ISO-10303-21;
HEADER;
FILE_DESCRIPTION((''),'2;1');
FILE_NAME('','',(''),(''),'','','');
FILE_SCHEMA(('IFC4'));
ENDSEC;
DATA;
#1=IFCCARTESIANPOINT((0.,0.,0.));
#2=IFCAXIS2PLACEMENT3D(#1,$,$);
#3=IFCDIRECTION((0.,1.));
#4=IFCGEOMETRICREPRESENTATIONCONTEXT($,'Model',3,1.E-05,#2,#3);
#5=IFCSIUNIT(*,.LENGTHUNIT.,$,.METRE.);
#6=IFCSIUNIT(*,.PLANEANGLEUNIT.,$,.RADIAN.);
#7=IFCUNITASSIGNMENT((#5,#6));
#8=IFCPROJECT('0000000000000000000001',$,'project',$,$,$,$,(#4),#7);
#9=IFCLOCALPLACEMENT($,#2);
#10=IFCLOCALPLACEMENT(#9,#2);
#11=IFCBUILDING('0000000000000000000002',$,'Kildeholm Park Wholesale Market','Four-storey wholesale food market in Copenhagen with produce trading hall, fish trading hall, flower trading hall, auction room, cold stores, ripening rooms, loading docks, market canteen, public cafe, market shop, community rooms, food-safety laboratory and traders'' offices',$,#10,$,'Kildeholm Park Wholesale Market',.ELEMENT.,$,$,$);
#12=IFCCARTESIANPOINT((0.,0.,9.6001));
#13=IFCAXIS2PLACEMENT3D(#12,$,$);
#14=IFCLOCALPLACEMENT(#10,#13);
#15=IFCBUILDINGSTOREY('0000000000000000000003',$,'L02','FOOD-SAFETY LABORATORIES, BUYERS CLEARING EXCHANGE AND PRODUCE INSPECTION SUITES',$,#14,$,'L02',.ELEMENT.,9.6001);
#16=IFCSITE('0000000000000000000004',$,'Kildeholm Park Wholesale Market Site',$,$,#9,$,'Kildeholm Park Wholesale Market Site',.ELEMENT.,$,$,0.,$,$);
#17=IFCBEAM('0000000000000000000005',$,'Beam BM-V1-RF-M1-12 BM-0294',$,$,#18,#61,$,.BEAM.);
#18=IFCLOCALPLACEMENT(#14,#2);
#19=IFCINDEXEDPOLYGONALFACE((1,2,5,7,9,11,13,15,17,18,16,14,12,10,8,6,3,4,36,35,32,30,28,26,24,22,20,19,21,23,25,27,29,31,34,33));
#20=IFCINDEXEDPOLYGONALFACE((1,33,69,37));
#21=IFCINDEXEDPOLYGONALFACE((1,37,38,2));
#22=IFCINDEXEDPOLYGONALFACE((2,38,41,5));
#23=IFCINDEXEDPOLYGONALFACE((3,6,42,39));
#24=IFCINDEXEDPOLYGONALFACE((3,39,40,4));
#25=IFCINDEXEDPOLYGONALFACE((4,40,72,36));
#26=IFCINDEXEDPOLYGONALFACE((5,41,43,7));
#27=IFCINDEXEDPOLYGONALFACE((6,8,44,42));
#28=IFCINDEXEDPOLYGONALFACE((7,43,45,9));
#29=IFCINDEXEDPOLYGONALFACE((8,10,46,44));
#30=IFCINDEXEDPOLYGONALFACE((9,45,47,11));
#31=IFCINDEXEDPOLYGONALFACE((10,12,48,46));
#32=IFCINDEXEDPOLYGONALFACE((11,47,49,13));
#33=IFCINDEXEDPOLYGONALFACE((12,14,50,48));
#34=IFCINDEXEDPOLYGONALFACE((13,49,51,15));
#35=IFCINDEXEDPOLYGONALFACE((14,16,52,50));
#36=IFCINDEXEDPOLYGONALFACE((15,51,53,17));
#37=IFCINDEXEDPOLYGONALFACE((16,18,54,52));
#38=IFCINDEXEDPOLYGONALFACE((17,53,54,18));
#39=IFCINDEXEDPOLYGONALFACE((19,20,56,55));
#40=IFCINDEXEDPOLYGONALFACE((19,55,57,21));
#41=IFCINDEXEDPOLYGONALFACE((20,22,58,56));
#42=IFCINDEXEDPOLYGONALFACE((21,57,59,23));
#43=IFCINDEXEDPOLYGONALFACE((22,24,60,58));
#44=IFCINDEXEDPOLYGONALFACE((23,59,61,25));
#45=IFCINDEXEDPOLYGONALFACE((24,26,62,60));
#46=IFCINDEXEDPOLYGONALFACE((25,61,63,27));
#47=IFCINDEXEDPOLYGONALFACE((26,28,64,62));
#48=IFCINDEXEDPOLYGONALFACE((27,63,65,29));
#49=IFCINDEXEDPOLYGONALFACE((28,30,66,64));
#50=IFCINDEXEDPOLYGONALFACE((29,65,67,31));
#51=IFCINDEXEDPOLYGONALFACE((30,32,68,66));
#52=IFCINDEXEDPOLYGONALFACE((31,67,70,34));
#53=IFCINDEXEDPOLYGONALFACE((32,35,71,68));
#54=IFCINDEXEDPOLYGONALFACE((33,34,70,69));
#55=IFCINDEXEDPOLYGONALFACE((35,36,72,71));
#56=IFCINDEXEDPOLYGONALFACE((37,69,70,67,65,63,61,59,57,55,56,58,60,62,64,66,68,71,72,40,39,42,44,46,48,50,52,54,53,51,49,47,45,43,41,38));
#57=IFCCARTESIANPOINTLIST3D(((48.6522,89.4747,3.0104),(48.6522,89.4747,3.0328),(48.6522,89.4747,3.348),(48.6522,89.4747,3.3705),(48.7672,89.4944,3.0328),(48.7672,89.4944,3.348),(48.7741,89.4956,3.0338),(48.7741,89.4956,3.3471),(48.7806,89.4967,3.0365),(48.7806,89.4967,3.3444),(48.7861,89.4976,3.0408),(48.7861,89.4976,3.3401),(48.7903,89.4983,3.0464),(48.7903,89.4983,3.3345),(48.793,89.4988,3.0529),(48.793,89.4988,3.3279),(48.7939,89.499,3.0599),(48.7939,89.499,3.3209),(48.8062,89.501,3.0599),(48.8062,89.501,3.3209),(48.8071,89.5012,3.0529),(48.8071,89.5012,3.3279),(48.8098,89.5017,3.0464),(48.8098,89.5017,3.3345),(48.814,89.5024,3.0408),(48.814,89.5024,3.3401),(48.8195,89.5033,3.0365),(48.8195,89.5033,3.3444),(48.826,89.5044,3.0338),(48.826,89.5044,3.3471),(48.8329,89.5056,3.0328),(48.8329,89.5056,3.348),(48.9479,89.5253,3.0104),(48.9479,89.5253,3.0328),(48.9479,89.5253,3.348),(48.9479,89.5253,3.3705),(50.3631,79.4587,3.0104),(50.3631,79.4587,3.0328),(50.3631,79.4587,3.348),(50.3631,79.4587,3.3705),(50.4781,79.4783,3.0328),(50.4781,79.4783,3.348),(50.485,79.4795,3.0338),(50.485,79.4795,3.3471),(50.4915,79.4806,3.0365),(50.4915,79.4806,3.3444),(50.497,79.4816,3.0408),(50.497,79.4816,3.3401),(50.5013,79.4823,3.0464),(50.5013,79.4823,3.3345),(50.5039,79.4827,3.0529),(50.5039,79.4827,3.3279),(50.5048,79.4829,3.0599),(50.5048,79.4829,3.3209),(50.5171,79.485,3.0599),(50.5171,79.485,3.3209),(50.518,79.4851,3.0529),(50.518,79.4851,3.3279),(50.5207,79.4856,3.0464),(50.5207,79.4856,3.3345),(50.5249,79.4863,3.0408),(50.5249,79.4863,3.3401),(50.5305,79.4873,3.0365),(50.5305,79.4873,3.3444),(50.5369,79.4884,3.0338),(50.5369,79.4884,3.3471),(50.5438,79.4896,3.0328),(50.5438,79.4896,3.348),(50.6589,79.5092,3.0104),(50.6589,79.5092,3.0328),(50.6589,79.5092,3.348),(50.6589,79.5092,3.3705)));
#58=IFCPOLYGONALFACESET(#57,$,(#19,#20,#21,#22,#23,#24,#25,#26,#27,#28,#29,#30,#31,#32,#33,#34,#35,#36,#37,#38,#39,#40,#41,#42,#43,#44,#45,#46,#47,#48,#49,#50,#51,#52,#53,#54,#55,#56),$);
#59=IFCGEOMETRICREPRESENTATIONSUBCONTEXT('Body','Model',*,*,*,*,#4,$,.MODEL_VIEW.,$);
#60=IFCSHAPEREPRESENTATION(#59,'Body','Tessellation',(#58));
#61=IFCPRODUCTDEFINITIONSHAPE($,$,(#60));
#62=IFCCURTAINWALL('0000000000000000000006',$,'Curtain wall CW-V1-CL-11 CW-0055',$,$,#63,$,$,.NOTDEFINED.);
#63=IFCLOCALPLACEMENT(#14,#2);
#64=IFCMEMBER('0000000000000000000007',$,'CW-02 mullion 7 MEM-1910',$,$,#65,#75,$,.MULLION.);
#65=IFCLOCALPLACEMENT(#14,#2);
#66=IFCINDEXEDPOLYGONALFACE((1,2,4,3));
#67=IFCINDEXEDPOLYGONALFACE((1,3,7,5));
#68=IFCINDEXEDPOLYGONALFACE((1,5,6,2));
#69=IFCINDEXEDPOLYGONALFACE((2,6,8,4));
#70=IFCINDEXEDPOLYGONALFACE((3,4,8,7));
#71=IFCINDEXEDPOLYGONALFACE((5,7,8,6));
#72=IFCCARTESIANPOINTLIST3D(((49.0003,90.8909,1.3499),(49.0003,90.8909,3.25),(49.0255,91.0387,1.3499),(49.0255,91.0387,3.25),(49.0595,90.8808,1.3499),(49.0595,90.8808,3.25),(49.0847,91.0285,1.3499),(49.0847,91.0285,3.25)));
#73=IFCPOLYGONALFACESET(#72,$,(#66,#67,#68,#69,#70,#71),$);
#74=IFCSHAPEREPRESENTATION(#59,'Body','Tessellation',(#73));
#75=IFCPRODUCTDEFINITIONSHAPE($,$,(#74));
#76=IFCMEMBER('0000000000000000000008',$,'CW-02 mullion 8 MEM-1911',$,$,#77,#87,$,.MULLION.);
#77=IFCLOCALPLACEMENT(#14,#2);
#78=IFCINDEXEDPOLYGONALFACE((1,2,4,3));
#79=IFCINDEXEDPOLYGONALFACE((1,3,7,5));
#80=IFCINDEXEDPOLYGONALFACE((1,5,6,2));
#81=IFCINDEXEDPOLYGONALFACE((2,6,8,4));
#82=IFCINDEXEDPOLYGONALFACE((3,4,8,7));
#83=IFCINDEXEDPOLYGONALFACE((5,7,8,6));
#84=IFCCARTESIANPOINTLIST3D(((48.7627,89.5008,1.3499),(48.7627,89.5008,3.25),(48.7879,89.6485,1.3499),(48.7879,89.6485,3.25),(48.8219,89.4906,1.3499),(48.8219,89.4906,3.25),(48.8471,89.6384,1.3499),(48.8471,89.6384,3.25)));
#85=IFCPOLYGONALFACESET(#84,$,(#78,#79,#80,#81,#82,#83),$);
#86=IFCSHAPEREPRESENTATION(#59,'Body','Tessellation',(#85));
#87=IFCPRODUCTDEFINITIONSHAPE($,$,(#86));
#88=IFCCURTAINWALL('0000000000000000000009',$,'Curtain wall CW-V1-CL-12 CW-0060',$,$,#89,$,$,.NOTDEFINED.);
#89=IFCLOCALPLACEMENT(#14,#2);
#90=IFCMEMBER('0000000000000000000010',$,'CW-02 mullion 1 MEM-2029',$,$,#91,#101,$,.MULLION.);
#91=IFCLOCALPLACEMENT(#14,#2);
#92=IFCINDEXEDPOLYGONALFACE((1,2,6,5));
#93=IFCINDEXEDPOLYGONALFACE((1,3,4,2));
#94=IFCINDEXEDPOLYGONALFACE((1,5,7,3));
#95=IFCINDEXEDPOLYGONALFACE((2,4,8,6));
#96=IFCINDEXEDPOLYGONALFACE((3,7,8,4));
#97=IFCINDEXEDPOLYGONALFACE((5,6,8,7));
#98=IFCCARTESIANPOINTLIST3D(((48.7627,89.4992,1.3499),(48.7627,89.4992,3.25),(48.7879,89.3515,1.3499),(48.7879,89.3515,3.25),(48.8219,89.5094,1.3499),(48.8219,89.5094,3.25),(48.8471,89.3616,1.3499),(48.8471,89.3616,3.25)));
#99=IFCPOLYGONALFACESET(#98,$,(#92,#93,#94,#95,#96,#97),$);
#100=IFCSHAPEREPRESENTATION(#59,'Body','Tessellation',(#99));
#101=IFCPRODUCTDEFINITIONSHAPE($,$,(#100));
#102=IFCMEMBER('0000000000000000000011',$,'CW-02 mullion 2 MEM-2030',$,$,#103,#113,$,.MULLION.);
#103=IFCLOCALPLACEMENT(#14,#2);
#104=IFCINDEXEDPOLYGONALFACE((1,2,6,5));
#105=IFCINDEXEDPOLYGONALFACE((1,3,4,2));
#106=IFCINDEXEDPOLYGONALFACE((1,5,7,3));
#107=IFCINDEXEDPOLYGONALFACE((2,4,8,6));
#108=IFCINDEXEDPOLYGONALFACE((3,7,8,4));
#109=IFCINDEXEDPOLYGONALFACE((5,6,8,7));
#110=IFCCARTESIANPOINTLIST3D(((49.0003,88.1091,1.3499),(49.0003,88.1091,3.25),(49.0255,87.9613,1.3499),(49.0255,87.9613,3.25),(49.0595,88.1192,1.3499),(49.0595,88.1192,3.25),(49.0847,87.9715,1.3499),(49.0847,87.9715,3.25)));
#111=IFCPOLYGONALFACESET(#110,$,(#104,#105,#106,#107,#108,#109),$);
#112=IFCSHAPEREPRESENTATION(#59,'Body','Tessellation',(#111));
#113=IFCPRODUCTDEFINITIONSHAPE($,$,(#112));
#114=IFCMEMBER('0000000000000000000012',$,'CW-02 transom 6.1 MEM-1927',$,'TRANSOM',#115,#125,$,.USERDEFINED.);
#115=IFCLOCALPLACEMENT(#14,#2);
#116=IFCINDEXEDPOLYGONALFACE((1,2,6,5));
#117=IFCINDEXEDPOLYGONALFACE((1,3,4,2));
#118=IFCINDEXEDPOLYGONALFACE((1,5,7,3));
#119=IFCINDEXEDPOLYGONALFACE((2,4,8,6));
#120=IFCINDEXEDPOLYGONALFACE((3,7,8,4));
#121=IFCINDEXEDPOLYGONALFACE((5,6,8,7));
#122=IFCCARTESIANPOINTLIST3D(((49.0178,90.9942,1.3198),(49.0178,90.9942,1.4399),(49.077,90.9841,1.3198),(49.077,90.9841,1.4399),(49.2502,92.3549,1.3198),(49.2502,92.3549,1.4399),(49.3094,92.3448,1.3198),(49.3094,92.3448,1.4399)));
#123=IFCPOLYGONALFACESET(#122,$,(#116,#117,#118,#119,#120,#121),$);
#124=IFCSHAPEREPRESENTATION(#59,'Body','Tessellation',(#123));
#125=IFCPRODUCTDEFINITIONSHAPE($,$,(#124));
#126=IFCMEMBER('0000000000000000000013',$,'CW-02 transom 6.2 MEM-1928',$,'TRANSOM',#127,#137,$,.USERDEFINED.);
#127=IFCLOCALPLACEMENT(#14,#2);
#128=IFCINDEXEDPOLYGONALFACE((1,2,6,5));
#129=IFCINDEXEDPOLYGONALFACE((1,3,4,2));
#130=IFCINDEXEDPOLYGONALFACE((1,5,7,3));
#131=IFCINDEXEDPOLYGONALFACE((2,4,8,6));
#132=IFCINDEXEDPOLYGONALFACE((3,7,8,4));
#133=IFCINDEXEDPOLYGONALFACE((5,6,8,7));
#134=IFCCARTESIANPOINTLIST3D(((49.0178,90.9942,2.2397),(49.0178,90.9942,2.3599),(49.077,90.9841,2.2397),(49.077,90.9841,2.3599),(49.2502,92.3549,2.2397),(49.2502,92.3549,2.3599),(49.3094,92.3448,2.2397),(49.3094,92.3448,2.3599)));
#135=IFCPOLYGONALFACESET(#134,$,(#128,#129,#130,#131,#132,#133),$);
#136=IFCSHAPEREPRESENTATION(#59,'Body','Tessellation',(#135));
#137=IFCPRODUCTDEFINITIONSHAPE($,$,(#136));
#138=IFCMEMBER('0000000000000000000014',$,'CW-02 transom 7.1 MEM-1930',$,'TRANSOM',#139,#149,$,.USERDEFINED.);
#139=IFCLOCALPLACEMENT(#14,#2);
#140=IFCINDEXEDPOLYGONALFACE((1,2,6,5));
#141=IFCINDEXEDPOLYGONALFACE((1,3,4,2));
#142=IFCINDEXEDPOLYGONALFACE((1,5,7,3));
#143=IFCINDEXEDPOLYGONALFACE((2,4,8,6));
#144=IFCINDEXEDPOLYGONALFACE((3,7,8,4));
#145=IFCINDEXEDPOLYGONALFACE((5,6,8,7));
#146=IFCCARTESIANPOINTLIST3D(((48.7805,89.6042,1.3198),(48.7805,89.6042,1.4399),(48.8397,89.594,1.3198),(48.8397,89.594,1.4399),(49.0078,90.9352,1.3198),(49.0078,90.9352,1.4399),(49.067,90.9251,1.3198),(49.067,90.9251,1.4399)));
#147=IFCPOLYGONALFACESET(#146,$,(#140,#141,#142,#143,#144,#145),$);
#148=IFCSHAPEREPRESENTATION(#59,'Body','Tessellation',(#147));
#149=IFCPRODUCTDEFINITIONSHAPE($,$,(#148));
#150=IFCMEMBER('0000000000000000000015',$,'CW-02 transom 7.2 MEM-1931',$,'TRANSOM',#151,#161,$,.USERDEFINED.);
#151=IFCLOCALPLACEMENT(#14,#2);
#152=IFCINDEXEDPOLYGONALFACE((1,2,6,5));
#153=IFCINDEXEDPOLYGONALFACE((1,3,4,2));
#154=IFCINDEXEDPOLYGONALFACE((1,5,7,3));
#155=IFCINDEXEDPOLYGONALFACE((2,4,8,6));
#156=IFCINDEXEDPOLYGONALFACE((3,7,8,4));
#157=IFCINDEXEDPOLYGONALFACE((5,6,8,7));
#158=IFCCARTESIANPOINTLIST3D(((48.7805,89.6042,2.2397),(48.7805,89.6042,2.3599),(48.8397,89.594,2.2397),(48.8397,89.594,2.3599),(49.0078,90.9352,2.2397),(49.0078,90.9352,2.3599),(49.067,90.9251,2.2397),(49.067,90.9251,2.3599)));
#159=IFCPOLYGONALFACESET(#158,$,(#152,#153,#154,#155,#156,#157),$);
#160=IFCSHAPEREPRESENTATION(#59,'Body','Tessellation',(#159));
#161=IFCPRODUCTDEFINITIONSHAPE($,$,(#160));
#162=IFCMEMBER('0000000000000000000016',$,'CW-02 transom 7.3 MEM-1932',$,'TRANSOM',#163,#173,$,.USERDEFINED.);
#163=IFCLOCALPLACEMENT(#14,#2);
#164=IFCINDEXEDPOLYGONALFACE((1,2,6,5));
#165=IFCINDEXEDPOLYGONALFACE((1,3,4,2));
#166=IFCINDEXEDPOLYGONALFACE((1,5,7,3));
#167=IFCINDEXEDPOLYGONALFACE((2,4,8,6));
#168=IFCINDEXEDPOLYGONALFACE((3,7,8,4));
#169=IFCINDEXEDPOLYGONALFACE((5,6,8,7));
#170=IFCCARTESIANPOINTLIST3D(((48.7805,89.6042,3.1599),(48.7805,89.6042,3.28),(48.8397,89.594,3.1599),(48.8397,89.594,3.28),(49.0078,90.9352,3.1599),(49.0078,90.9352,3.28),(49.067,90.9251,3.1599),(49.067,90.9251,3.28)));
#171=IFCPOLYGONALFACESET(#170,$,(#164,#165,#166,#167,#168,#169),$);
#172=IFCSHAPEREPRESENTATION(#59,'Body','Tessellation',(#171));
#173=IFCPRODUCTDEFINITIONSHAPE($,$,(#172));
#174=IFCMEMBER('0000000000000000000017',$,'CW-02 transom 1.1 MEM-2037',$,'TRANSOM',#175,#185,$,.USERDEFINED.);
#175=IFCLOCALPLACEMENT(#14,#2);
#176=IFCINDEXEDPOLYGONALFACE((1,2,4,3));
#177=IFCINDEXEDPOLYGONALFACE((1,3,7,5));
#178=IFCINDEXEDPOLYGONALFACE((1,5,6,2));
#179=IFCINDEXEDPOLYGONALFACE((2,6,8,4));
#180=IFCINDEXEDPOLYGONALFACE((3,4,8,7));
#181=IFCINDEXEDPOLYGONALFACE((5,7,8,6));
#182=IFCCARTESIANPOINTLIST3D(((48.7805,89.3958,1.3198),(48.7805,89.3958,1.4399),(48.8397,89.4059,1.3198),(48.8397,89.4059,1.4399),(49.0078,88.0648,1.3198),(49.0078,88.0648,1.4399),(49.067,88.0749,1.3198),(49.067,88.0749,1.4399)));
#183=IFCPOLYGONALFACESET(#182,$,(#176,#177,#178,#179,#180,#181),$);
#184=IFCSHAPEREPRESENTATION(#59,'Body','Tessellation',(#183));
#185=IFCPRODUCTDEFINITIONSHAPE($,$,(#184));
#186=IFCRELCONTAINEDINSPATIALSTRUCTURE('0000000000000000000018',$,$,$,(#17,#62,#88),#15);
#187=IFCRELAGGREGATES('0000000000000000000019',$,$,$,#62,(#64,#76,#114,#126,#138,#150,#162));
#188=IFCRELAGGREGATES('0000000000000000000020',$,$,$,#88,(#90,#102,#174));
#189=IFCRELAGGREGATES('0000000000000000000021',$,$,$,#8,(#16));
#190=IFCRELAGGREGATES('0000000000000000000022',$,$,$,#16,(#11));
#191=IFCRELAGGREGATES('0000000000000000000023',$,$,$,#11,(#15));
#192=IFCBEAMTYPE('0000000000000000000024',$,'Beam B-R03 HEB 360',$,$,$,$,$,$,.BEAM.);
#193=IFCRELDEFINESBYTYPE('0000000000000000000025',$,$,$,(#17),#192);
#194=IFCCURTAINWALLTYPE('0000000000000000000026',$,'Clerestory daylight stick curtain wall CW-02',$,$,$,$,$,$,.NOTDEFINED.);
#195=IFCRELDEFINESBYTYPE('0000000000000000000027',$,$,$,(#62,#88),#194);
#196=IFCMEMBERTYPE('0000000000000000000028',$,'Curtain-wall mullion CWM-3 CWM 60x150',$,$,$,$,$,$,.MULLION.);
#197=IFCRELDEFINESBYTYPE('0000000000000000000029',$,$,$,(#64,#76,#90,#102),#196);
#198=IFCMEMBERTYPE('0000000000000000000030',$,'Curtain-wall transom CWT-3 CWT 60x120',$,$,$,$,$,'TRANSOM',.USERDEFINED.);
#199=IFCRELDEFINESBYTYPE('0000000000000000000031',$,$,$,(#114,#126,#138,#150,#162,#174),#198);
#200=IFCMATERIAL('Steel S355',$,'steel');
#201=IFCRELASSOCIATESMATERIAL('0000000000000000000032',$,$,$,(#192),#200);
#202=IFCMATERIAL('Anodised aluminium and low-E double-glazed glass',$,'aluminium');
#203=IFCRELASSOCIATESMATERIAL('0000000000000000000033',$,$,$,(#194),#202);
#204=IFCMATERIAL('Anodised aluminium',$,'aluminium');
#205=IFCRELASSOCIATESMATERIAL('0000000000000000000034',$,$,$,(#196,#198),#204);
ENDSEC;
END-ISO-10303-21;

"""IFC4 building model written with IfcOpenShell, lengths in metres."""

from ifc_helpers import new_model, si_unit, direction, frame, origin, origin_2d, place, context, subcontext, project, spatial, rectangle, i_section, extrude, material, material_profile, profile_set, type_object, element, aggregate, save


model = new_model("IFC4")

# Units and contexts
model_context = context("Model", 3, precision=1e-05, world=origin(), true_north=direction((0.0, 1.0)))
body_context = subcontext(model_context, "Body", "Model", "MODEL_VIEW")
ifc_project = project(units=[si_unit("LENGTHUNIT", "METRE"), si_unit("PLANEANGLEUNIT", "RADIAN")], contexts=[model_context])

# Site, building, storey
site_placement = place(None, origin())
site = spatial("IfcSite", under=ifc_project, at=site_placement, Name="Kildeholm Park Wholesale Market Site", LongName="Kildeholm Park Wholesale Market Site", CompositionType="ELEMENT", RefElevation=0.0)
building_placement = place(site_placement, origin())
building = spatial("IfcBuilding", under=site, at=building_placement, Name="Kildeholm Park Wholesale Market", Description="Four-storey wholesale food market in Copenhagen with produce trading hall, fish trading hall, flower trading hall, auction room, cold stores, ripening rooms, loading docks, market canteen, public cafe, market shop, community rooms, food-safety laboratory and traders' offices", LongName="Kildeholm Park Wholesale Market", CompositionType="ELEMENT")
storey_placement = place(building_placement, frame((0.0, 0.0, 9.6001)))
storey = spatial("IfcBuildingStorey", under=building, at=storey_placement, Name="L02", Description="FOOD-SAFETY LABORATORIES, BUYERS CLEARING EXCHANGE AND PRODUCE INSPECTION SUITES", LongName="L02", CompositionType="ELEMENT", Elevation=9.6001)

# Shared definitions
ifc_material_1 = material(Name="Steel S355", Category="steel")

# Beam
ifc_material_profile_1 = material_profile(ifc_material_1, i_section(OverallWidth=0.3, OverallDepth=0.3601, WebThickness=0.0125, FlangeThickness=0.0225, FilletRadius=0.0271, at=origin_2d()), Name="HEB 360")
ifc_profile_set_1 = profile_set([ifc_material_profile_1], Name="Steel S355")
beam_type_1 = type_object("IfcBeamType", Name="Beam B-R03 HEB 360", PredefinedType="BEAM", material=ifc_profile_set_1)
beam_1_placement = place(storey_placement, frame((48.8, 89.5, 3.1904), z_axis=(0.16838, -0.985722, 0.0), x_axis=(0.985722, 0.16838, 0.0)))
element("IfcBeam", 1, at=beam_1_placement, inside=storey, type_object=beam_type_1, Name="Beam BM-V1-RF-M1-12 BM-0294", PredefinedType="BEAM", context=body_context, shape_type="SweptSolid", body=[
    extrude(i_section(OverallWidth=0.3, OverallDepth=0.3601, WebThickness=0.0125, FlangeThickness=0.0225, FilletRadius=0.0271, at=origin_2d()), origin(), (0.0, 0.0, 1.0), 10.1611),
])

# Curtain walls, members
ifc_material_2 = material(Name="Anodised aluminium and low-E double-glazed glass", Category="aluminium")
curtain_wall_type = type_object("IfcCurtainWallType", Name="Clerestory daylight stick curtain wall CW-02", PredefinedType="NOTDEFINED", material=ifc_material_2)
curtain_wall_1_placement = place(storey_placement, origin())
curtain_wall_1 = element("IfcCurtainWall", 2, at=curtain_wall_1_placement, inside=storey, type_object=curtain_wall_type, Name="Curtain wall CW-V1-CL-11 CW-0055", PredefinedType="NOTDEFINED")
ifc_material_3 = material(Name="Anodised aluminium", Category="aluminium")
ifc_material_profile_2 = material_profile(ifc_material_3, rectangle(XDim=0.0601, YDim=0.1499, at=origin_2d()), Name="CWM 60x150")
ifc_profile_set_2 = profile_set([ifc_material_profile_2], Name="Anodised aluminium")
member_type_1 = type_object("IfcMemberType", Name="Curtain-wall mullion CWM-3 CWM 60x150", PredefinedType="MULLION", material=ifc_profile_set_2)
member_1_placement = place(storey_placement, frame((49.0425, 90.9597, 1.3499), z_axis=(0.0, 0.0, 1.0), x_axis=(0.985732, -0.168322, 0.0)))
member_1 = element("IfcMember", 3, at=member_1_placement, type_object=member_type_1, Name="CW-02 mullion 7 MEM-1910", PredefinedType="MULLION", context=body_context, shape_type="SweptSolid", body=[
    extrude(rectangle(XDim=0.0601, YDim=0.1499, at=origin_2d()), origin(), (0.0, 0.0, 1.0), 1.9001),
])
member_2_placement = place(storey_placement, frame((48.8049, 89.5696, 1.3499), z_axis=(0.0, 0.0, 1.0), x_axis=(0.985732, -0.168322, 0.0)))
member_2 = element("IfcMember", 4, at=member_2_placement, type_object=member_type_1, Name="CW-02 mullion 8 MEM-1911", PredefinedType="MULLION", context=body_context, shape_type="SweptSolid", body=[
    extrude(rectangle(XDim=0.0601, YDim=0.1499, at=origin_2d()), origin(), (0.0, 0.0, 1.0), 1.9001),
])
curtain_wall_2_placement = place(storey_placement, origin())
curtain_wall_2 = element("IfcCurtainWall", 5, at=curtain_wall_2_placement, inside=storey, type_object=curtain_wall_type, Name="Curtain wall CW-V1-CL-12 CW-0060", PredefinedType="NOTDEFINED")
member_3_placement = place(storey_placement, frame((48.8049, 89.4304, 1.3499), z_axis=(0.0, 0.0, 1.0), x_axis=(0.985732, 0.168322, 0.0)))
member_3 = element("IfcMember", 6, at=member_3_placement, type_object=member_type_1, Name="CW-02 mullion 1 MEM-2029", PredefinedType="MULLION", context=body_context, shape_type="SweptSolid", body=[
    extrude(rectangle(XDim=0.0601, YDim=0.1499, at=origin_2d()), origin(), (0.0, 0.0, 1.0), 1.9001),
])
member_4_placement = place(storey_placement, frame((49.0425, 88.0403, 1.3499), z_axis=(0.0, 0.0, 1.0), x_axis=(0.985732, 0.168322, 0.0)))
member_4 = element("IfcMember", 7, at=member_4_placement, type_object=member_type_1, Name="CW-02 mullion 2 MEM-2030", PredefinedType="MULLION", context=body_context, shape_type="SweptSolid", body=[
    extrude(rectangle(XDim=0.0601, YDim=0.1499, at=origin_2d()), origin(), (0.0, 0.0, 1.0), 1.9001),
])

# Members
ifc_material_profile_3 = material_profile(ifc_material_3, rectangle(XDim=0.0601, YDim=0.1201, at=origin_2d()), Name="CWT 60x120")
ifc_profile_set_3 = profile_set([ifc_material_profile_3], Name="Anodised aluminium")
member_type_2 = type_object("IfcMemberType", Name="Curtain-wall transom CWT-3 CWT 60x120", ElementType="TRANSOM", PredefinedType="USERDEFINED", material=ifc_profile_set_3)
member_5_placement = place(storey_placement, frame((49.2798, 92.3499, 1.3799), z_axis=(-0.168384, -0.985721, 0.0), x_axis=(0.985721, -0.168384, 0.0)))
member_5 = element("IfcMember", 8, at=member_5_placement, type_object=member_type_2, Name="CW-02 transom 6.1 MEM-1927", ObjectType="TRANSOM", PredefinedType="USERDEFINED", context=body_context, shape_type="SweptSolid", body=[
    extrude(rectangle(XDim=0.0601, YDim=0.1201, at=origin_2d()), origin(), (0.0, 0.0, 1.0), 1.3804),
])
member_6_placement = place(storey_placement, frame((49.2798, 92.3499, 2.2998), z_axis=(-0.168384, -0.985721, 0.0), x_axis=(0.985721, -0.168384, 0.0)))
member_6 = element("IfcMember", 9, at=member_6_placement, type_object=member_type_2, Name="CW-02 transom 6.2 MEM-1928", ObjectType="TRANSOM", PredefinedType="USERDEFINED", context=body_context, shape_type="SweptSolid", body=[
    extrude(rectangle(XDim=0.0601, YDim=0.1201, at=origin_2d()), origin(), (0.0, 0.0, 1.0), 1.3804),
])
member_7_placement = place(storey_placement, frame((49.0374, 90.9302, 1.3799), z_axis=(-0.168326, -0.985731, 0.0), x_axis=(0.985731, -0.168326, 0.0)))
member_7 = element("IfcMember", 10, at=member_7_placement, type_object=member_type_2, Name="CW-02 transom 7.1 MEM-1930", ObjectType="TRANSOM", PredefinedType="USERDEFINED", context=body_context, shape_type="SweptSolid", body=[
    extrude(rectangle(XDim=0.0601, YDim=0.1201, at=origin_2d()), origin(), (0.0, 0.0, 1.0), 1.3503),
])
member_8_placement = place(storey_placement, frame((49.0374, 90.9302, 2.2998), z_axis=(-0.168326, -0.985731, 0.0), x_axis=(0.985731, -0.168326, 0.0)))
member_8 = element("IfcMember", 11, at=member_8_placement, type_object=member_type_2, Name="CW-02 transom 7.2 MEM-1931", ObjectType="TRANSOM", PredefinedType="USERDEFINED", context=body_context, shape_type="SweptSolid", body=[
    extrude(rectangle(XDim=0.0601, YDim=0.1201, at=origin_2d()), origin(), (0.0, 0.0, 1.0), 1.3503),
])
member_9_placement = place(storey_placement, frame((49.0374, 90.9302, 3.22), z_axis=(-0.168326, -0.985731, 0.0), x_axis=(0.985731, -0.168326, 0.0)))
member_9 = element("IfcMember", 12, at=member_9_placement, type_object=member_type_2, Name="CW-02 transom 7.3 MEM-1932", ObjectType="TRANSOM", PredefinedType="USERDEFINED", context=body_context, shape_type="SweptSolid", body=[
    extrude(rectangle(XDim=0.0601, YDim=0.1201, at=origin_2d()), origin(), (0.0, 0.0, 1.0), 1.3503),
])
member_10_placement = place(storey_placement, frame((48.8101, 89.4009, 1.3799), z_axis=(0.168326, -0.985731, 0.0), x_axis=(0.985731, 0.168326, 0.0)))
member_10 = element("IfcMember", 13, at=member_10_placement, type_object=member_type_2, Name="CW-02 transom 1.1 MEM-2037", ObjectType="TRANSOM", PredefinedType="USERDEFINED", context=body_context, shape_type="SweptSolid", body=[
    extrude(rectangle(XDim=0.0601, YDim=0.1201, at=origin_2d()), origin(), (0.0, 0.0, 1.0), 1.3503),
])

aggregate(curtain_wall_1, [member_1, member_2, member_5, member_6, member_7, member_8, member_9])
aggregate(curtain_wall_2, [member_3, member_4, member_10])

save(model, "model.ifc")
